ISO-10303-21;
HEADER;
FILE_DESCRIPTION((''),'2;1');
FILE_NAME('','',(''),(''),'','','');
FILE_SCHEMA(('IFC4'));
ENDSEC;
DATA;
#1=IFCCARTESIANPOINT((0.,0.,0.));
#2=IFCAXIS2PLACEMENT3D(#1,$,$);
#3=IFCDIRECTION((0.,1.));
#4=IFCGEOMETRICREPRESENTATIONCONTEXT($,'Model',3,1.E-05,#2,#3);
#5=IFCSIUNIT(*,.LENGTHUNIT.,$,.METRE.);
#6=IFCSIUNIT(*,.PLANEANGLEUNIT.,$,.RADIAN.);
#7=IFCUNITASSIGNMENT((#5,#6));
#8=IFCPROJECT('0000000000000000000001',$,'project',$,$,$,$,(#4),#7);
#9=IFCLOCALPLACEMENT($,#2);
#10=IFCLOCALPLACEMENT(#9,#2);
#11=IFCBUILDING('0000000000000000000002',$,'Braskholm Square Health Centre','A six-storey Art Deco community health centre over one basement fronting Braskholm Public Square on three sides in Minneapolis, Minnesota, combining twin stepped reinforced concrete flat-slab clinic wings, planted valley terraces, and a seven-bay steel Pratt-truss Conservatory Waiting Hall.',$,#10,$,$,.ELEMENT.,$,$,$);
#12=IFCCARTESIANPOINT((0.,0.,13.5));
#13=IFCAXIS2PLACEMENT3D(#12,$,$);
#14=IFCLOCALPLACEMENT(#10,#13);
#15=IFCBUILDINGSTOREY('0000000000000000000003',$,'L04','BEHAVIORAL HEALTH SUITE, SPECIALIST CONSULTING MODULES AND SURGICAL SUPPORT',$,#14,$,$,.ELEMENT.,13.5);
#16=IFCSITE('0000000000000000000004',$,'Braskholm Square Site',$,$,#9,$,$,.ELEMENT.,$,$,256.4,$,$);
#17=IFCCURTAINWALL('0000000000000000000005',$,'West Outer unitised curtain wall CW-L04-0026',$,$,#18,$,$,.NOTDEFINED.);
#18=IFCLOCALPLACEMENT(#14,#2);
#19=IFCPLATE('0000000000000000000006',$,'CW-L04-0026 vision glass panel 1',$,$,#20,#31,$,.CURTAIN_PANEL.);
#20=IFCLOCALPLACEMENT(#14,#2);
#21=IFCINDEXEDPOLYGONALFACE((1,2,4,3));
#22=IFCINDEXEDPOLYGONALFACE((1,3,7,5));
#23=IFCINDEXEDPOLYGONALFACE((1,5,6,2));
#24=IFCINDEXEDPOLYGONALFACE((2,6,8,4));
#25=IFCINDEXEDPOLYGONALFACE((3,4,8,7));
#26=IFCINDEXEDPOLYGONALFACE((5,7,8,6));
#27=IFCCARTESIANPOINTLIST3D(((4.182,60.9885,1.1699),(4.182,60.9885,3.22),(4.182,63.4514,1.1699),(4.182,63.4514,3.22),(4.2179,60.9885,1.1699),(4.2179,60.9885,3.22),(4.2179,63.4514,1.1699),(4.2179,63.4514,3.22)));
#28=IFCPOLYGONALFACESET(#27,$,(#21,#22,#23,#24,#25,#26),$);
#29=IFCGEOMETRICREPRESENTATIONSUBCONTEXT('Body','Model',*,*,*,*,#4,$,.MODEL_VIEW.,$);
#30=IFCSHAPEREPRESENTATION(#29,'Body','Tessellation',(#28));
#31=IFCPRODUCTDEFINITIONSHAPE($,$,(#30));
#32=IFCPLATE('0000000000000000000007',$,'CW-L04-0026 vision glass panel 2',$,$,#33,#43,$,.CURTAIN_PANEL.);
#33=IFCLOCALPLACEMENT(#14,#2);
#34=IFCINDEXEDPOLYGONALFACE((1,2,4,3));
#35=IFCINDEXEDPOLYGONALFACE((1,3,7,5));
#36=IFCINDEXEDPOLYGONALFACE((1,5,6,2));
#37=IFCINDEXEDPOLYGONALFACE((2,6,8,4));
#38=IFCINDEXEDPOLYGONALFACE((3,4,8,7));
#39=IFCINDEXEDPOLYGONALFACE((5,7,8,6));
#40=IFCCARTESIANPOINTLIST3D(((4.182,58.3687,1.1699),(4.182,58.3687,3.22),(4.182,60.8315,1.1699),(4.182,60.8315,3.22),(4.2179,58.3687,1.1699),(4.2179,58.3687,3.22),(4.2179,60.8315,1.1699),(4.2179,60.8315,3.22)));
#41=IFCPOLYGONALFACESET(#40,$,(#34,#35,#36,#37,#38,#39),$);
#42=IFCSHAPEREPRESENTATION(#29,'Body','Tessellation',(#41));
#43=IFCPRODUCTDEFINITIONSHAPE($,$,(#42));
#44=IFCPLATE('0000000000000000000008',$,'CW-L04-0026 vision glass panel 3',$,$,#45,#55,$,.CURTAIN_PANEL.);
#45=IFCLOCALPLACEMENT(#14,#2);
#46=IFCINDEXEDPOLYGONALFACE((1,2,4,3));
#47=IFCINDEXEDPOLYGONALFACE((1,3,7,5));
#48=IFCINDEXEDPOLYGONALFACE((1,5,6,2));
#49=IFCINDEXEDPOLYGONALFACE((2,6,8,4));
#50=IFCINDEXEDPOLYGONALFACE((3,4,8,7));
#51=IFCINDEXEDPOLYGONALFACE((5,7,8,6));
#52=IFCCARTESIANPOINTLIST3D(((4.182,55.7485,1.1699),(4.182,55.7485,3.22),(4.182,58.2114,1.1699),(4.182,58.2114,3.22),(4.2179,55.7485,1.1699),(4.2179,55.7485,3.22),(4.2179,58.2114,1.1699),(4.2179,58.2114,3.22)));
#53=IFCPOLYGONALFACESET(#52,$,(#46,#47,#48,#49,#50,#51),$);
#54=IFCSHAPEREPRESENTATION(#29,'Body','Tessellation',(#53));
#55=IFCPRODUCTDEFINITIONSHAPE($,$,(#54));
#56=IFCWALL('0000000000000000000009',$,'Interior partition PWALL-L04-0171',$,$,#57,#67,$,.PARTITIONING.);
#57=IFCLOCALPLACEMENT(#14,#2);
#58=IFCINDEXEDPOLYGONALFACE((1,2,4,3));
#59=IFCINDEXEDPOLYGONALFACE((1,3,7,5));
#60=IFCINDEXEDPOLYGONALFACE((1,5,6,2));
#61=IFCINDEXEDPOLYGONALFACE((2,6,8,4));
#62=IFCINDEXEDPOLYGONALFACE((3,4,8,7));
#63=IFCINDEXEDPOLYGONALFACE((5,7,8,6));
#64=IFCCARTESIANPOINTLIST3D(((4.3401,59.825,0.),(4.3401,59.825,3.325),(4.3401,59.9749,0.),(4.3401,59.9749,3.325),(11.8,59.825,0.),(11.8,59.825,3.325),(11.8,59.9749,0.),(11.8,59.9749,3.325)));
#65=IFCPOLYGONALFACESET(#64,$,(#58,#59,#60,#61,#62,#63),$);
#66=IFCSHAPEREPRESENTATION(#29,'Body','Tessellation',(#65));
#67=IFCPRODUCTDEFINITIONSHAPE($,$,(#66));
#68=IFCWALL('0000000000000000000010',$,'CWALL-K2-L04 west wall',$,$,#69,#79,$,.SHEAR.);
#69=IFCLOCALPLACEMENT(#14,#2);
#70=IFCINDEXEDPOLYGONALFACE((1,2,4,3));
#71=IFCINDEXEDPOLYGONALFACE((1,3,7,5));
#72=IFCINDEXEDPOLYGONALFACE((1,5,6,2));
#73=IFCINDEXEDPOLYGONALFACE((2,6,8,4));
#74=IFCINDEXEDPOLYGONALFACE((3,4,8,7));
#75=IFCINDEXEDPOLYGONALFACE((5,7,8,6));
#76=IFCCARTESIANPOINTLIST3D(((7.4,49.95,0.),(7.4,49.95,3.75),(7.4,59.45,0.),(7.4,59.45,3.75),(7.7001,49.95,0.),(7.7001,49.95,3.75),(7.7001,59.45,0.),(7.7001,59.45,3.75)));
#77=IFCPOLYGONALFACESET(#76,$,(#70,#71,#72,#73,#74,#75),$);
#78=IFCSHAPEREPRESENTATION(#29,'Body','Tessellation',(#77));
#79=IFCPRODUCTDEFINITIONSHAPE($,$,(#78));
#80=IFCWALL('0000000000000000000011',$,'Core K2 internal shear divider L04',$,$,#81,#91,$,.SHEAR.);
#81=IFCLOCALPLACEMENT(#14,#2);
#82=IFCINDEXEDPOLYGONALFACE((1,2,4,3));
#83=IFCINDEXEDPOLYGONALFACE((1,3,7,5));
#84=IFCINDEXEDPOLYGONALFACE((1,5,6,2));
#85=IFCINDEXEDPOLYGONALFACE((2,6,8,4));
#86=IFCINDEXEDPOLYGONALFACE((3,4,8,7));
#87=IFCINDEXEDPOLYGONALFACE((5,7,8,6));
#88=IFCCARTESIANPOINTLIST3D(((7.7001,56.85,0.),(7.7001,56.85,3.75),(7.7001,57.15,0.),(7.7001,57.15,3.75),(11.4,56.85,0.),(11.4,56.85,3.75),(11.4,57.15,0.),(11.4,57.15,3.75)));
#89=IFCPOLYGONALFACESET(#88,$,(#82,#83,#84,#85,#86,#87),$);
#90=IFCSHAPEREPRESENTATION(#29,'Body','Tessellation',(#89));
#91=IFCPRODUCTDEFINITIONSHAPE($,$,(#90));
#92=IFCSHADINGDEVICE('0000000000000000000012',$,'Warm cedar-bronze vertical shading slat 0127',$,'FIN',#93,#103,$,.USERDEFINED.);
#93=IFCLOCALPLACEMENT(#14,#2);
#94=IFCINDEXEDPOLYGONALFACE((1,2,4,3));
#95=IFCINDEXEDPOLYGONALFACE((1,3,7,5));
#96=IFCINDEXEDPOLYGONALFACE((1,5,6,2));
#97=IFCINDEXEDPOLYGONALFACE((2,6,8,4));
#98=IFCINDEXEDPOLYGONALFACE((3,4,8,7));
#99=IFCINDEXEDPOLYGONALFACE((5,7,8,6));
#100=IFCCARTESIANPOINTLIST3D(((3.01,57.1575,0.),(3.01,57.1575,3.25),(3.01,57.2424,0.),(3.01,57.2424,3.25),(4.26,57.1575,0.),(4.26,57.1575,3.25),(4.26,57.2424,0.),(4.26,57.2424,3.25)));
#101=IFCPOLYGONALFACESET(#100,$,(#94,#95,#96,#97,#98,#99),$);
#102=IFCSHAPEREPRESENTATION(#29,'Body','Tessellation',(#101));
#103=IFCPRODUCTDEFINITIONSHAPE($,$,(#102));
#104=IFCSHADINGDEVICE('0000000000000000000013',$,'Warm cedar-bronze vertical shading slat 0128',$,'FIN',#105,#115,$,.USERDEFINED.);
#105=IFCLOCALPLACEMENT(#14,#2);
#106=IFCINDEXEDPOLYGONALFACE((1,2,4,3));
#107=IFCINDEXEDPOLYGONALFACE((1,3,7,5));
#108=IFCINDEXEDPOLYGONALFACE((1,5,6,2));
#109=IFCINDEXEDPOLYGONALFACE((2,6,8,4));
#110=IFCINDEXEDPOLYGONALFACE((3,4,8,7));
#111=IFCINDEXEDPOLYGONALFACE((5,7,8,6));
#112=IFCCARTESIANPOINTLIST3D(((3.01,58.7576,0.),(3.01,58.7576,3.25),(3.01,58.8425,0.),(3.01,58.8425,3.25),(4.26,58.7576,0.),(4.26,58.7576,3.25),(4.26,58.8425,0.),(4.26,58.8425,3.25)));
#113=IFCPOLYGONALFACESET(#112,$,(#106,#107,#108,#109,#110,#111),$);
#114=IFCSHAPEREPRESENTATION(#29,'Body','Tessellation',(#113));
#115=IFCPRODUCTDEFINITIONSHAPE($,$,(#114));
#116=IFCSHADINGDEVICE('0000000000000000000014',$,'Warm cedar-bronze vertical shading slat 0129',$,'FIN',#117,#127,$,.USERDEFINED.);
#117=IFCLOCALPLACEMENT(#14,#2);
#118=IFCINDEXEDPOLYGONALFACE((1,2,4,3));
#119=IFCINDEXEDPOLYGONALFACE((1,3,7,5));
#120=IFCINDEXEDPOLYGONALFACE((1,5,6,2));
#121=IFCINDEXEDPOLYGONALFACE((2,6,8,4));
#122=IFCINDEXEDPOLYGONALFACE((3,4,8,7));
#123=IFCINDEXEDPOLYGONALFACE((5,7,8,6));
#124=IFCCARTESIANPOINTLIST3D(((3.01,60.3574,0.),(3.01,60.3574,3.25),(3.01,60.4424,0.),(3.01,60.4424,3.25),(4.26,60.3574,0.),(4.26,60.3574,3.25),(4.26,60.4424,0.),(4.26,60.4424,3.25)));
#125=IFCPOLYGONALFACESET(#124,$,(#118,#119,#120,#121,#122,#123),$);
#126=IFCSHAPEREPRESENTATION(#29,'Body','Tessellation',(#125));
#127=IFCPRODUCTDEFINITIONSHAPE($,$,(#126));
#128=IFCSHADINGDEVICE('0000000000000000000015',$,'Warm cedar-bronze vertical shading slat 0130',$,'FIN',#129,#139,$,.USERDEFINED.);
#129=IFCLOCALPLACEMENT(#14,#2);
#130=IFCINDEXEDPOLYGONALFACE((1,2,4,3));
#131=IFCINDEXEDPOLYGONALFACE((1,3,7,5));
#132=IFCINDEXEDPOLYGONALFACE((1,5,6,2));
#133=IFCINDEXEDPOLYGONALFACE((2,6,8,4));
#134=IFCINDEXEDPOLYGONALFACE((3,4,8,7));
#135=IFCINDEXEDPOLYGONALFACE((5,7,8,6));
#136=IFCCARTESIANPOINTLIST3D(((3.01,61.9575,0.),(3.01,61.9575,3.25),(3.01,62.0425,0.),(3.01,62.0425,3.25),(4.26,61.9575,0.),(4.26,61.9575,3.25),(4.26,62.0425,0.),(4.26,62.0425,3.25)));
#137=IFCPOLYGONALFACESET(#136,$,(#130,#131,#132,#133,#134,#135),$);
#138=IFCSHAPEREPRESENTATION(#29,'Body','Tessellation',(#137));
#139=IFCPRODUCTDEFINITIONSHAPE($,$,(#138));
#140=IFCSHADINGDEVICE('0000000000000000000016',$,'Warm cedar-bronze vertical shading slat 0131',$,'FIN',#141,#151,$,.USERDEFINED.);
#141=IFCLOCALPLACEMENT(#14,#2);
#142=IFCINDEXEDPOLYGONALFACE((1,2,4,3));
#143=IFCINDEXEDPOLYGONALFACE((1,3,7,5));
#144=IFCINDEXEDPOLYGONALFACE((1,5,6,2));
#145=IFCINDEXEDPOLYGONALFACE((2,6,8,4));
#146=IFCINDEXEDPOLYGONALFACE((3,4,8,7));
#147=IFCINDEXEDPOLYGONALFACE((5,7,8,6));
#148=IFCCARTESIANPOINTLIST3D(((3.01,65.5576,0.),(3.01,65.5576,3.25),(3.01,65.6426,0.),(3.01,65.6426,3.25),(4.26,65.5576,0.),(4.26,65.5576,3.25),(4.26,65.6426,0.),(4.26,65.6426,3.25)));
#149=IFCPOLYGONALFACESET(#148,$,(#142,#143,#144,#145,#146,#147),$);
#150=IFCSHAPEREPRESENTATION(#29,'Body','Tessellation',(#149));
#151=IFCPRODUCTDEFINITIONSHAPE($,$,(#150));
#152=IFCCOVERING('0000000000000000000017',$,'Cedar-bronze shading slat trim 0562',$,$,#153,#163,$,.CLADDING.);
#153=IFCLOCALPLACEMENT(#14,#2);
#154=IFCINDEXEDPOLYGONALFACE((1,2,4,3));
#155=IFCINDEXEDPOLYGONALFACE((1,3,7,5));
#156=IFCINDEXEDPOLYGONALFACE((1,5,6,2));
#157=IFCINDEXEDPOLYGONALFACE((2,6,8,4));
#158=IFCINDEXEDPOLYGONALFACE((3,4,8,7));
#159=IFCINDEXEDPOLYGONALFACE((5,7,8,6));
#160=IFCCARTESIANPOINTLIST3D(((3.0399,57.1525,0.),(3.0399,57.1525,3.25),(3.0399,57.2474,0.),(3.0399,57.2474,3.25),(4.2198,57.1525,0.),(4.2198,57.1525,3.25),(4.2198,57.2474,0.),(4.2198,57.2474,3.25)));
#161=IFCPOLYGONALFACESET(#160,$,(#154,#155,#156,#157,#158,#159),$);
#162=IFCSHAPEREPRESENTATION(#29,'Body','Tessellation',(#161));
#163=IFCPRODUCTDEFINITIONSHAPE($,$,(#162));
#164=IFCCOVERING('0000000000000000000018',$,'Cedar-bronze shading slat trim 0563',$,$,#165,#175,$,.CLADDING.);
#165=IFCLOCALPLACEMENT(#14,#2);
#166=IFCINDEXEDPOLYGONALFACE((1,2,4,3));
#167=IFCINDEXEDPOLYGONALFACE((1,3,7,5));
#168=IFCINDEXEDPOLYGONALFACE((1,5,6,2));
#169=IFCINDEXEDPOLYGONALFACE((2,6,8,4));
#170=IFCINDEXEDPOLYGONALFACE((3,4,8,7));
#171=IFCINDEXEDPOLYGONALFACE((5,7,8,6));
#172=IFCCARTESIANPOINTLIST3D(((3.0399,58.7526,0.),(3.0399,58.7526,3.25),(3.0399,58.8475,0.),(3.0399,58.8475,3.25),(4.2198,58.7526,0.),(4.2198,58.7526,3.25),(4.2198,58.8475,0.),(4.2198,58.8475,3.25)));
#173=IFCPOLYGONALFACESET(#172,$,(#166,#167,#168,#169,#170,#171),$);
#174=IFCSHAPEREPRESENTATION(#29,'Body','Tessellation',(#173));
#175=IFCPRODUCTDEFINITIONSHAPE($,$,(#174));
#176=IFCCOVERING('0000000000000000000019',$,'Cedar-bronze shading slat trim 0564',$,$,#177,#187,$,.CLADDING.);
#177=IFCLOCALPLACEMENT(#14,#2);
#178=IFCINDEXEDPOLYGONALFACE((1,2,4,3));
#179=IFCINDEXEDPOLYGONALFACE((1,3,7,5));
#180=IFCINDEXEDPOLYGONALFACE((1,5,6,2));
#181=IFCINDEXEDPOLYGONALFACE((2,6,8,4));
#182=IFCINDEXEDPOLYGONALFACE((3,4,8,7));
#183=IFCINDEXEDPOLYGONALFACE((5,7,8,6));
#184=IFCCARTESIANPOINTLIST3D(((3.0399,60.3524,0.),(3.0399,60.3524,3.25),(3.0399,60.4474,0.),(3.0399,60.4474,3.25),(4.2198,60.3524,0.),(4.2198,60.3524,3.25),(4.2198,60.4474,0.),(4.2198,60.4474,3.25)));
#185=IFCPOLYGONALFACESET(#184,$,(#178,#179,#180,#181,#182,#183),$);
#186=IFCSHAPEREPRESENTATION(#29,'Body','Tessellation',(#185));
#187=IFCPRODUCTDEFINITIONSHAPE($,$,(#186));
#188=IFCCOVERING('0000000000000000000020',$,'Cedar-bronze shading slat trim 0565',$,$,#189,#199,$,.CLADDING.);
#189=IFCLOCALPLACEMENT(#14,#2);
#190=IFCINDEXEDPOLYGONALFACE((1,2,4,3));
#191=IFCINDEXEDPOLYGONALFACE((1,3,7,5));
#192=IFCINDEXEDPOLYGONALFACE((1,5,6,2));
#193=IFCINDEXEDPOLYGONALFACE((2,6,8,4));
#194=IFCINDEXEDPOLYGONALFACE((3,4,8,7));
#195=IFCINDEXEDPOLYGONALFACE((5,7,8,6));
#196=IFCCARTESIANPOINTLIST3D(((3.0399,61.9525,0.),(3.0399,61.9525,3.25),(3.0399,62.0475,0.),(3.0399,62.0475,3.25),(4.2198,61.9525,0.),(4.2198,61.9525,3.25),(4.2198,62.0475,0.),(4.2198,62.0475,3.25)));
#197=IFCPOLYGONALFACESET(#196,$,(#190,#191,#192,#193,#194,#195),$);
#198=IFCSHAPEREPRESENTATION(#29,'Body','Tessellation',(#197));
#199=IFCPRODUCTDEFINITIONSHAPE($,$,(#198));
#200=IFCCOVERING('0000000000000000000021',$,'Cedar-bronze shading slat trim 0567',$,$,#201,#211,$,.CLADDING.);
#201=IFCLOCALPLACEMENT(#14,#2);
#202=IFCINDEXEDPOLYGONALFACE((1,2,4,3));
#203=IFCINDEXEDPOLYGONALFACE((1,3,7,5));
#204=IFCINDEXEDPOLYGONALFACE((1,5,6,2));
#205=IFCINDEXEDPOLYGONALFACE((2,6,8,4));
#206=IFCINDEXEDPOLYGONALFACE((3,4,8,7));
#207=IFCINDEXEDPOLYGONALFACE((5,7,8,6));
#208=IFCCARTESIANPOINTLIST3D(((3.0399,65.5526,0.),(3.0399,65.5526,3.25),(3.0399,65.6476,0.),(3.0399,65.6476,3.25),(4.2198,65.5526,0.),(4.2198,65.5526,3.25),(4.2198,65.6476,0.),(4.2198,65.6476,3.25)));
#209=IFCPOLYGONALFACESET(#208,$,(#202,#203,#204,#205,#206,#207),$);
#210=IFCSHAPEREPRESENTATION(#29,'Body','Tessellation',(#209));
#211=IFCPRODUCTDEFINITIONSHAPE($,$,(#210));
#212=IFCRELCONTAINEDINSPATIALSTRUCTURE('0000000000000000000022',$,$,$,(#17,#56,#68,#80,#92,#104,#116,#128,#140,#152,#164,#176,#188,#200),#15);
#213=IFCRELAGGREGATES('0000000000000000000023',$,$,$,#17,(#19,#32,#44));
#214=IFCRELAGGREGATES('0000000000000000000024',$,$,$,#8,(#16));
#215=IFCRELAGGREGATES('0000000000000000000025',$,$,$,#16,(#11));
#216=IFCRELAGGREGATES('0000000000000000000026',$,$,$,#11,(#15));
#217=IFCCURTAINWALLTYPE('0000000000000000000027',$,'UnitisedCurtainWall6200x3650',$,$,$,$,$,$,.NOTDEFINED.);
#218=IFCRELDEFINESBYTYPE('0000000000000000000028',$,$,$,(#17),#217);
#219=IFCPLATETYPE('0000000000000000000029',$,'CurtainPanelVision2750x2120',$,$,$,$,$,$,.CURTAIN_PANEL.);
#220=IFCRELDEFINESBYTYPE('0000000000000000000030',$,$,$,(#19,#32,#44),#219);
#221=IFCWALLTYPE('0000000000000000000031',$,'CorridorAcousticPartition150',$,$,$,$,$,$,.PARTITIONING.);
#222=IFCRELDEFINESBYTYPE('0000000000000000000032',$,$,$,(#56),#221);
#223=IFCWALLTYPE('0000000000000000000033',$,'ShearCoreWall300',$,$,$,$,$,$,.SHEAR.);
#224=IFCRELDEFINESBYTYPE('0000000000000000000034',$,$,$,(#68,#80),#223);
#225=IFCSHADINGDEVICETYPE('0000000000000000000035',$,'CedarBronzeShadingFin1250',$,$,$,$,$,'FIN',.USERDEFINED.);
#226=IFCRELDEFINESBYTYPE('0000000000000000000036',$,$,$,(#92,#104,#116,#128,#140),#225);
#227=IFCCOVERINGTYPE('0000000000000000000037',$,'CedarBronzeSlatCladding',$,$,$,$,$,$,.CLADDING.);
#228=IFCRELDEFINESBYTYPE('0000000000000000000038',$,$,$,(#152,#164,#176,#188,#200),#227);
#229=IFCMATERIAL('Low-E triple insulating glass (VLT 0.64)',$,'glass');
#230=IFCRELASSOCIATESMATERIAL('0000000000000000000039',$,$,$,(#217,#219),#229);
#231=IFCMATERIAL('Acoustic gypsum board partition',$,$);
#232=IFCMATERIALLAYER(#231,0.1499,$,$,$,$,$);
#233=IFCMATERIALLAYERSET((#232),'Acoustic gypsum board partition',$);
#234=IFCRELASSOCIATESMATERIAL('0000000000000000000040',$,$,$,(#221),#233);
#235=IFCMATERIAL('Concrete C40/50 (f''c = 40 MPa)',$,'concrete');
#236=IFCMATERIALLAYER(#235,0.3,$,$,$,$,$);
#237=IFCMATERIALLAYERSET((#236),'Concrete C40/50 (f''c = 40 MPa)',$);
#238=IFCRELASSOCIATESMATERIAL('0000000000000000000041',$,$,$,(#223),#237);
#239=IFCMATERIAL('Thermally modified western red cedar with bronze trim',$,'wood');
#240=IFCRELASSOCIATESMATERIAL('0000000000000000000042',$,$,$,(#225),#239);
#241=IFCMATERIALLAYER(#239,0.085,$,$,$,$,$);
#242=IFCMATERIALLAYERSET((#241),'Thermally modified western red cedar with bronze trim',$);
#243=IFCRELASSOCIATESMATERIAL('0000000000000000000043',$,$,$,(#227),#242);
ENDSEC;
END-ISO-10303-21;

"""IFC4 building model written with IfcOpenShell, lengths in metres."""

from ifc_helpers import new_model, si_unit, direction, frame, frame_2d, origin, origin_2d, place, context, subcontext, project, spatial, rectangle, extrude, material, layer, layer_set, type_object, element, aggregate, save


model = new_model("IFC4")

# Units and contexts
model_context = context("Model", 3, precision=1e-05, world=origin(), true_north=direction((0.0, 1.0)))
body_context = subcontext(model_context, "Body", "Model", "MODEL_VIEW")
ifc_project = project(units=[si_unit("LENGTHUNIT", "METRE"), si_unit("PLANEANGLEUNIT", "RADIAN")], contexts=[model_context])

# Site, building, storey
site_placement = place(None, origin())
site = spatial("IfcSite", under=ifc_project, at=site_placement, Name="Braskholm Square Site", CompositionType="ELEMENT", RefElevation=256.4)
building_placement = place(site_placement, origin())
building = spatial("IfcBuilding", under=site, at=building_placement, Name="Braskholm Square Health Centre", Description="A six-storey Art Deco community health centre over one basement fronting Braskholm Public Square on three sides in Minneapolis, Minnesota, combining twin stepped reinforced concrete flat-slab clinic wings, planted valley terraces, and a seven-bay steel Pratt-truss Conservatory Waiting Hall.", CompositionType="ELEMENT")
storey_placement = place(building_placement, frame((0.0, 0.0, 13.5)))
storey = spatial("IfcBuildingStorey", under=building, at=storey_placement, Name="L04", Description="BEHAVIORAL HEALTH SUITE, SPECIALIST CONSULTING MODULES AND SURGICAL SUPPORT", CompositionType="ELEMENT", Elevation=13.5)

# Curtain wall
ifc_material_1 = material(Name="Low-E triple insulating glass (VLT 0.64)", Category="glass")
curtain_wall_type = type_object("IfcCurtainWallType", Name="UnitisedCurtainWall6200x3650", PredefinedType="NOTDEFINED", material=ifc_material_1)
curtain_wall_placement = place(storey_placement, origin())
curtain_wall = element("IfcCurtainWall", 1, at=curtain_wall_placement, inside=storey, type_object=curtain_wall_type, Name="West Outer unitised curtain wall CW-L04-0026", PredefinedType="NOTDEFINED")

# Plates
plate_type_1 = type_object("IfcPlateType", Name="CurtainPanelVision2750x2120", PredefinedType="CURTAIN_PANEL", material=ifc_material_1)
plate_1_placement = place(storey_placement, frame((4.2, 62.22, 1.1699), z_axis=(0.0, 0.0, 1.0), x_axis=(0.0, -1.0, 0.0)))
plate_1 = element("IfcPlate", 2, at=plate_1_placement, type_object=plate_type_1, Name="CW-L04-0026 vision glass panel 1", PredefinedType="CURTAIN_PANEL", context=body_context, shape_type="SweptSolid", body=[
    extrude(rectangle(XDim=2.4629, YDim=0.0359, at=origin_2d()), origin(), (0.0, 0.0, 1.0), 2.05),
])
plate_2_placement = place(storey_placement, frame((4.2, 59.6001, 1.1699), z_axis=(0.0, 0.0, 1.0), x_axis=(0.0, -1.0, 0.0)))
plate_2 = element("IfcPlate", 3, at=plate_2_placement, type_object=plate_type_1, Name="CW-L04-0026 vision glass panel 2", PredefinedType="CURTAIN_PANEL", context=body_context, shape_type="SweptSolid", body=[
    extrude(rectangle(XDim=2.4629, YDim=0.0359, at=origin_2d()), origin(), (0.0, 0.0, 1.0), 2.05),
])
plate_3_placement = place(storey_placement, frame((4.2, 56.98, 1.1699), z_axis=(0.0, 0.0, 1.0), x_axis=(0.0, -1.0, 0.0)))
plate_3 = element("IfcPlate", 4, at=plate_3_placement, type_object=plate_type_1, Name="CW-L04-0026 vision glass panel 3", PredefinedType="CURTAIN_PANEL", context=body_context, shape_type="SweptSolid", body=[
    extrude(rectangle(XDim=2.4629, YDim=0.0359, at=origin_2d()), origin(), (0.0, 0.0, 1.0), 2.05),
])
aggregate(curtain_wall, [plate_1, plate_2, plate_3])

# Walls
ifc_material_2 = material(Name="Acoustic gypsum board partition")
ifc_layer_1 = layer(ifc_material_2, 0.1499)
ifc_layer_set_1 = layer_set([ifc_layer_1], Name="Acoustic gypsum board partition")
wall_type_1 = type_object("IfcWallType", Name="CorridorAcousticPartition150", PredefinedType="PARTITIONING", material=ifc_layer_set_1)
wall_1_placement = place(storey_placement, frame((4.3401, 59.8999, 0.0), z_axis=(0.0, 0.0, 1.0), x_axis=(1.0, 0.0, 0.0)))
element("IfcWall", 5, at=wall_1_placement, inside=storey, type_object=wall_type_1, Name="Interior partition PWALL-L04-0171", PredefinedType="PARTITIONING", context=body_context, shape_type="SweptSolid", body=[
    extrude(rectangle(XDim=7.46, YDim=0.1499, at=frame_2d((3.73, 0.0))), origin(), (0.0, 0.0, 1.0), 3.325),
])
ifc_material_3 = material(Name="Concrete C40/50 (f'c = 40 MPa)", Category="concrete")
ifc_layer_2 = layer(ifc_material_3, 0.3)
ifc_layer_set_2 = layer_set([ifc_layer_2], Name="Concrete C40/50 (f'c = 40 MPa)")
wall_type_2 = type_object("IfcWallType", Name="ShearCoreWall300", PredefinedType="SHEAR", material=ifc_layer_set_2)
wall_2_placement = place(storey_placement, frame((7.55, 59.45, 0.0), z_axis=(0.0, 0.0, 1.0), x_axis=(0.0, -1.0, 0.0)))
element("IfcWall", 6, at=wall_2_placement, inside=storey, type_object=wall_type_2, Name="CWALL-K2-L04 west wall", PredefinedType="SHEAR", context=body_context, shape_type="SweptSolid", body=[
    extrude(rectangle(XDim=9.5, YDim=0.3, at=frame_2d((4.75, 0.0))), origin(), (0.0, 0.0, 1.0), 3.75),
])
wall_3_placement = place(storey_placement, frame((7.7, 57.0, 0.0), z_axis=(0.0, 0.0, 1.0), x_axis=(1.0, 0.0, 0.0)))
element("IfcWall", 7, at=wall_3_placement, inside=storey, type_object=wall_type_2, Name="Core K2 internal shear divider L04", PredefinedType="SHEAR", context=body_context, shape_type="SweptSolid", body=[
    extrude(rectangle(XDim=3.7, YDim=0.3, at=frame_2d((1.8501, 0.0))), origin(), (0.0, 0.0, 1.0), 3.75),
])

# Shading devices
ifc_material_4 = material(Name="Thermally modified western red cedar with bronze trim", Category="wood")
shading_device_type = type_object("IfcShadingDeviceType", Name="CedarBronzeShadingFin1250", ElementType="FIN", PredefinedType="USERDEFINED", material=ifc_material_4)
for number, where, z_axis, x_axis, name in (
    (8, (3.635, 57.2, 0.0), (0.0, 0.0, 1.0), (1.0, 0.0, 0.0), "Warm cedar-bronze vertical shading slat 0127"),
    (9, (3.635, 58.8, 0.0), (0.0, 0.0, 1.0), (1.0, 0.0, 0.0), "Warm cedar-bronze vertical shading slat 0128"),
    (10, (3.635, 60.3999, 0.0), (0.0, 0.0, 1.0), (1.0, 0.0, 0.0), "Warm cedar-bronze vertical shading slat 0129"),
    (11, (3.635, 62.0, 0.0), (0.0, 0.0, 1.0), (1.0, 0.0, 0.0), "Warm cedar-bronze vertical shading slat 0130"),
    (12, (3.635, 65.6001, 0.0), (0.0, 0.0, 1.0), (1.0, 0.0, 0.0), "Warm cedar-bronze vertical shading slat 0131"),
):
    element("IfcShadingDevice", number, at=place(storey_placement, frame(where, z_axis=z_axis, x_axis=x_axis)), inside=storey, type_object=shading_device_type, Name=name, ObjectType="FIN", PredefinedType="USERDEFINED", context=body_context, shape_type="SweptSolid", body=[
        extrude(rectangle(XDim=1.25, YDim=0.085, at=origin_2d()), origin(), (0.0, 0.0, 1.0), 3.25),
    ])

# Coverings
ifc_layer_3 = layer(ifc_material_4, 0.085)
ifc_layer_set_3 = layer_set([ifc_layer_3], Name="Thermally modified western red cedar with bronze trim")
covering_type_1 = type_object("IfcCoveringType", Name="CedarBronzeSlatCladding", PredefinedType="CLADDING", material=ifc_layer_set_3)
for number, where, z_axis, x_axis, name in (
    (13, (3.6299, 57.2, 0.0), (0.0, 0.0, 1.0), (1.0, 0.0, 0.0), "Cedar-bronze shading slat trim 0562"),
    (14, (3.6299, 58.8, 0.0), (0.0, 0.0, 1.0), (1.0, 0.0, 0.0), "Cedar-bronze shading slat trim 0563"),
    (15, (3.6299, 60.3999, 0.0), (0.0, 0.0, 1.0), (1.0, 0.0, 0.0), "Cedar-bronze shading slat trim 0564"),
    (16, (3.6299, 62.0, 0.0), (0.0, 0.0, 1.0), (1.0, 0.0, 0.0), "Cedar-bronze shading slat trim 0565"),
    (17, (3.6299, 65.6001, 0.0), (0.0, 0.0, 1.0), (1.0, 0.0, 0.0), "Cedar-bronze shading slat trim 0567"),
):
    element("IfcCovering", number, at=place(storey_placement, frame(where, z_axis=z_axis, x_axis=x_axis)), inside=storey, type_object=covering_type_1, Name=name, PredefinedType="CLADDING", context=body_context, shape_type="SweptSolid", body=[
        extrude(rectangle(XDim=1.1799, YDim=0.095, at=origin_2d()), origin(), (0.0, 0.0, 1.0), 3.25),
    ])

save(model, "model.ifc")
